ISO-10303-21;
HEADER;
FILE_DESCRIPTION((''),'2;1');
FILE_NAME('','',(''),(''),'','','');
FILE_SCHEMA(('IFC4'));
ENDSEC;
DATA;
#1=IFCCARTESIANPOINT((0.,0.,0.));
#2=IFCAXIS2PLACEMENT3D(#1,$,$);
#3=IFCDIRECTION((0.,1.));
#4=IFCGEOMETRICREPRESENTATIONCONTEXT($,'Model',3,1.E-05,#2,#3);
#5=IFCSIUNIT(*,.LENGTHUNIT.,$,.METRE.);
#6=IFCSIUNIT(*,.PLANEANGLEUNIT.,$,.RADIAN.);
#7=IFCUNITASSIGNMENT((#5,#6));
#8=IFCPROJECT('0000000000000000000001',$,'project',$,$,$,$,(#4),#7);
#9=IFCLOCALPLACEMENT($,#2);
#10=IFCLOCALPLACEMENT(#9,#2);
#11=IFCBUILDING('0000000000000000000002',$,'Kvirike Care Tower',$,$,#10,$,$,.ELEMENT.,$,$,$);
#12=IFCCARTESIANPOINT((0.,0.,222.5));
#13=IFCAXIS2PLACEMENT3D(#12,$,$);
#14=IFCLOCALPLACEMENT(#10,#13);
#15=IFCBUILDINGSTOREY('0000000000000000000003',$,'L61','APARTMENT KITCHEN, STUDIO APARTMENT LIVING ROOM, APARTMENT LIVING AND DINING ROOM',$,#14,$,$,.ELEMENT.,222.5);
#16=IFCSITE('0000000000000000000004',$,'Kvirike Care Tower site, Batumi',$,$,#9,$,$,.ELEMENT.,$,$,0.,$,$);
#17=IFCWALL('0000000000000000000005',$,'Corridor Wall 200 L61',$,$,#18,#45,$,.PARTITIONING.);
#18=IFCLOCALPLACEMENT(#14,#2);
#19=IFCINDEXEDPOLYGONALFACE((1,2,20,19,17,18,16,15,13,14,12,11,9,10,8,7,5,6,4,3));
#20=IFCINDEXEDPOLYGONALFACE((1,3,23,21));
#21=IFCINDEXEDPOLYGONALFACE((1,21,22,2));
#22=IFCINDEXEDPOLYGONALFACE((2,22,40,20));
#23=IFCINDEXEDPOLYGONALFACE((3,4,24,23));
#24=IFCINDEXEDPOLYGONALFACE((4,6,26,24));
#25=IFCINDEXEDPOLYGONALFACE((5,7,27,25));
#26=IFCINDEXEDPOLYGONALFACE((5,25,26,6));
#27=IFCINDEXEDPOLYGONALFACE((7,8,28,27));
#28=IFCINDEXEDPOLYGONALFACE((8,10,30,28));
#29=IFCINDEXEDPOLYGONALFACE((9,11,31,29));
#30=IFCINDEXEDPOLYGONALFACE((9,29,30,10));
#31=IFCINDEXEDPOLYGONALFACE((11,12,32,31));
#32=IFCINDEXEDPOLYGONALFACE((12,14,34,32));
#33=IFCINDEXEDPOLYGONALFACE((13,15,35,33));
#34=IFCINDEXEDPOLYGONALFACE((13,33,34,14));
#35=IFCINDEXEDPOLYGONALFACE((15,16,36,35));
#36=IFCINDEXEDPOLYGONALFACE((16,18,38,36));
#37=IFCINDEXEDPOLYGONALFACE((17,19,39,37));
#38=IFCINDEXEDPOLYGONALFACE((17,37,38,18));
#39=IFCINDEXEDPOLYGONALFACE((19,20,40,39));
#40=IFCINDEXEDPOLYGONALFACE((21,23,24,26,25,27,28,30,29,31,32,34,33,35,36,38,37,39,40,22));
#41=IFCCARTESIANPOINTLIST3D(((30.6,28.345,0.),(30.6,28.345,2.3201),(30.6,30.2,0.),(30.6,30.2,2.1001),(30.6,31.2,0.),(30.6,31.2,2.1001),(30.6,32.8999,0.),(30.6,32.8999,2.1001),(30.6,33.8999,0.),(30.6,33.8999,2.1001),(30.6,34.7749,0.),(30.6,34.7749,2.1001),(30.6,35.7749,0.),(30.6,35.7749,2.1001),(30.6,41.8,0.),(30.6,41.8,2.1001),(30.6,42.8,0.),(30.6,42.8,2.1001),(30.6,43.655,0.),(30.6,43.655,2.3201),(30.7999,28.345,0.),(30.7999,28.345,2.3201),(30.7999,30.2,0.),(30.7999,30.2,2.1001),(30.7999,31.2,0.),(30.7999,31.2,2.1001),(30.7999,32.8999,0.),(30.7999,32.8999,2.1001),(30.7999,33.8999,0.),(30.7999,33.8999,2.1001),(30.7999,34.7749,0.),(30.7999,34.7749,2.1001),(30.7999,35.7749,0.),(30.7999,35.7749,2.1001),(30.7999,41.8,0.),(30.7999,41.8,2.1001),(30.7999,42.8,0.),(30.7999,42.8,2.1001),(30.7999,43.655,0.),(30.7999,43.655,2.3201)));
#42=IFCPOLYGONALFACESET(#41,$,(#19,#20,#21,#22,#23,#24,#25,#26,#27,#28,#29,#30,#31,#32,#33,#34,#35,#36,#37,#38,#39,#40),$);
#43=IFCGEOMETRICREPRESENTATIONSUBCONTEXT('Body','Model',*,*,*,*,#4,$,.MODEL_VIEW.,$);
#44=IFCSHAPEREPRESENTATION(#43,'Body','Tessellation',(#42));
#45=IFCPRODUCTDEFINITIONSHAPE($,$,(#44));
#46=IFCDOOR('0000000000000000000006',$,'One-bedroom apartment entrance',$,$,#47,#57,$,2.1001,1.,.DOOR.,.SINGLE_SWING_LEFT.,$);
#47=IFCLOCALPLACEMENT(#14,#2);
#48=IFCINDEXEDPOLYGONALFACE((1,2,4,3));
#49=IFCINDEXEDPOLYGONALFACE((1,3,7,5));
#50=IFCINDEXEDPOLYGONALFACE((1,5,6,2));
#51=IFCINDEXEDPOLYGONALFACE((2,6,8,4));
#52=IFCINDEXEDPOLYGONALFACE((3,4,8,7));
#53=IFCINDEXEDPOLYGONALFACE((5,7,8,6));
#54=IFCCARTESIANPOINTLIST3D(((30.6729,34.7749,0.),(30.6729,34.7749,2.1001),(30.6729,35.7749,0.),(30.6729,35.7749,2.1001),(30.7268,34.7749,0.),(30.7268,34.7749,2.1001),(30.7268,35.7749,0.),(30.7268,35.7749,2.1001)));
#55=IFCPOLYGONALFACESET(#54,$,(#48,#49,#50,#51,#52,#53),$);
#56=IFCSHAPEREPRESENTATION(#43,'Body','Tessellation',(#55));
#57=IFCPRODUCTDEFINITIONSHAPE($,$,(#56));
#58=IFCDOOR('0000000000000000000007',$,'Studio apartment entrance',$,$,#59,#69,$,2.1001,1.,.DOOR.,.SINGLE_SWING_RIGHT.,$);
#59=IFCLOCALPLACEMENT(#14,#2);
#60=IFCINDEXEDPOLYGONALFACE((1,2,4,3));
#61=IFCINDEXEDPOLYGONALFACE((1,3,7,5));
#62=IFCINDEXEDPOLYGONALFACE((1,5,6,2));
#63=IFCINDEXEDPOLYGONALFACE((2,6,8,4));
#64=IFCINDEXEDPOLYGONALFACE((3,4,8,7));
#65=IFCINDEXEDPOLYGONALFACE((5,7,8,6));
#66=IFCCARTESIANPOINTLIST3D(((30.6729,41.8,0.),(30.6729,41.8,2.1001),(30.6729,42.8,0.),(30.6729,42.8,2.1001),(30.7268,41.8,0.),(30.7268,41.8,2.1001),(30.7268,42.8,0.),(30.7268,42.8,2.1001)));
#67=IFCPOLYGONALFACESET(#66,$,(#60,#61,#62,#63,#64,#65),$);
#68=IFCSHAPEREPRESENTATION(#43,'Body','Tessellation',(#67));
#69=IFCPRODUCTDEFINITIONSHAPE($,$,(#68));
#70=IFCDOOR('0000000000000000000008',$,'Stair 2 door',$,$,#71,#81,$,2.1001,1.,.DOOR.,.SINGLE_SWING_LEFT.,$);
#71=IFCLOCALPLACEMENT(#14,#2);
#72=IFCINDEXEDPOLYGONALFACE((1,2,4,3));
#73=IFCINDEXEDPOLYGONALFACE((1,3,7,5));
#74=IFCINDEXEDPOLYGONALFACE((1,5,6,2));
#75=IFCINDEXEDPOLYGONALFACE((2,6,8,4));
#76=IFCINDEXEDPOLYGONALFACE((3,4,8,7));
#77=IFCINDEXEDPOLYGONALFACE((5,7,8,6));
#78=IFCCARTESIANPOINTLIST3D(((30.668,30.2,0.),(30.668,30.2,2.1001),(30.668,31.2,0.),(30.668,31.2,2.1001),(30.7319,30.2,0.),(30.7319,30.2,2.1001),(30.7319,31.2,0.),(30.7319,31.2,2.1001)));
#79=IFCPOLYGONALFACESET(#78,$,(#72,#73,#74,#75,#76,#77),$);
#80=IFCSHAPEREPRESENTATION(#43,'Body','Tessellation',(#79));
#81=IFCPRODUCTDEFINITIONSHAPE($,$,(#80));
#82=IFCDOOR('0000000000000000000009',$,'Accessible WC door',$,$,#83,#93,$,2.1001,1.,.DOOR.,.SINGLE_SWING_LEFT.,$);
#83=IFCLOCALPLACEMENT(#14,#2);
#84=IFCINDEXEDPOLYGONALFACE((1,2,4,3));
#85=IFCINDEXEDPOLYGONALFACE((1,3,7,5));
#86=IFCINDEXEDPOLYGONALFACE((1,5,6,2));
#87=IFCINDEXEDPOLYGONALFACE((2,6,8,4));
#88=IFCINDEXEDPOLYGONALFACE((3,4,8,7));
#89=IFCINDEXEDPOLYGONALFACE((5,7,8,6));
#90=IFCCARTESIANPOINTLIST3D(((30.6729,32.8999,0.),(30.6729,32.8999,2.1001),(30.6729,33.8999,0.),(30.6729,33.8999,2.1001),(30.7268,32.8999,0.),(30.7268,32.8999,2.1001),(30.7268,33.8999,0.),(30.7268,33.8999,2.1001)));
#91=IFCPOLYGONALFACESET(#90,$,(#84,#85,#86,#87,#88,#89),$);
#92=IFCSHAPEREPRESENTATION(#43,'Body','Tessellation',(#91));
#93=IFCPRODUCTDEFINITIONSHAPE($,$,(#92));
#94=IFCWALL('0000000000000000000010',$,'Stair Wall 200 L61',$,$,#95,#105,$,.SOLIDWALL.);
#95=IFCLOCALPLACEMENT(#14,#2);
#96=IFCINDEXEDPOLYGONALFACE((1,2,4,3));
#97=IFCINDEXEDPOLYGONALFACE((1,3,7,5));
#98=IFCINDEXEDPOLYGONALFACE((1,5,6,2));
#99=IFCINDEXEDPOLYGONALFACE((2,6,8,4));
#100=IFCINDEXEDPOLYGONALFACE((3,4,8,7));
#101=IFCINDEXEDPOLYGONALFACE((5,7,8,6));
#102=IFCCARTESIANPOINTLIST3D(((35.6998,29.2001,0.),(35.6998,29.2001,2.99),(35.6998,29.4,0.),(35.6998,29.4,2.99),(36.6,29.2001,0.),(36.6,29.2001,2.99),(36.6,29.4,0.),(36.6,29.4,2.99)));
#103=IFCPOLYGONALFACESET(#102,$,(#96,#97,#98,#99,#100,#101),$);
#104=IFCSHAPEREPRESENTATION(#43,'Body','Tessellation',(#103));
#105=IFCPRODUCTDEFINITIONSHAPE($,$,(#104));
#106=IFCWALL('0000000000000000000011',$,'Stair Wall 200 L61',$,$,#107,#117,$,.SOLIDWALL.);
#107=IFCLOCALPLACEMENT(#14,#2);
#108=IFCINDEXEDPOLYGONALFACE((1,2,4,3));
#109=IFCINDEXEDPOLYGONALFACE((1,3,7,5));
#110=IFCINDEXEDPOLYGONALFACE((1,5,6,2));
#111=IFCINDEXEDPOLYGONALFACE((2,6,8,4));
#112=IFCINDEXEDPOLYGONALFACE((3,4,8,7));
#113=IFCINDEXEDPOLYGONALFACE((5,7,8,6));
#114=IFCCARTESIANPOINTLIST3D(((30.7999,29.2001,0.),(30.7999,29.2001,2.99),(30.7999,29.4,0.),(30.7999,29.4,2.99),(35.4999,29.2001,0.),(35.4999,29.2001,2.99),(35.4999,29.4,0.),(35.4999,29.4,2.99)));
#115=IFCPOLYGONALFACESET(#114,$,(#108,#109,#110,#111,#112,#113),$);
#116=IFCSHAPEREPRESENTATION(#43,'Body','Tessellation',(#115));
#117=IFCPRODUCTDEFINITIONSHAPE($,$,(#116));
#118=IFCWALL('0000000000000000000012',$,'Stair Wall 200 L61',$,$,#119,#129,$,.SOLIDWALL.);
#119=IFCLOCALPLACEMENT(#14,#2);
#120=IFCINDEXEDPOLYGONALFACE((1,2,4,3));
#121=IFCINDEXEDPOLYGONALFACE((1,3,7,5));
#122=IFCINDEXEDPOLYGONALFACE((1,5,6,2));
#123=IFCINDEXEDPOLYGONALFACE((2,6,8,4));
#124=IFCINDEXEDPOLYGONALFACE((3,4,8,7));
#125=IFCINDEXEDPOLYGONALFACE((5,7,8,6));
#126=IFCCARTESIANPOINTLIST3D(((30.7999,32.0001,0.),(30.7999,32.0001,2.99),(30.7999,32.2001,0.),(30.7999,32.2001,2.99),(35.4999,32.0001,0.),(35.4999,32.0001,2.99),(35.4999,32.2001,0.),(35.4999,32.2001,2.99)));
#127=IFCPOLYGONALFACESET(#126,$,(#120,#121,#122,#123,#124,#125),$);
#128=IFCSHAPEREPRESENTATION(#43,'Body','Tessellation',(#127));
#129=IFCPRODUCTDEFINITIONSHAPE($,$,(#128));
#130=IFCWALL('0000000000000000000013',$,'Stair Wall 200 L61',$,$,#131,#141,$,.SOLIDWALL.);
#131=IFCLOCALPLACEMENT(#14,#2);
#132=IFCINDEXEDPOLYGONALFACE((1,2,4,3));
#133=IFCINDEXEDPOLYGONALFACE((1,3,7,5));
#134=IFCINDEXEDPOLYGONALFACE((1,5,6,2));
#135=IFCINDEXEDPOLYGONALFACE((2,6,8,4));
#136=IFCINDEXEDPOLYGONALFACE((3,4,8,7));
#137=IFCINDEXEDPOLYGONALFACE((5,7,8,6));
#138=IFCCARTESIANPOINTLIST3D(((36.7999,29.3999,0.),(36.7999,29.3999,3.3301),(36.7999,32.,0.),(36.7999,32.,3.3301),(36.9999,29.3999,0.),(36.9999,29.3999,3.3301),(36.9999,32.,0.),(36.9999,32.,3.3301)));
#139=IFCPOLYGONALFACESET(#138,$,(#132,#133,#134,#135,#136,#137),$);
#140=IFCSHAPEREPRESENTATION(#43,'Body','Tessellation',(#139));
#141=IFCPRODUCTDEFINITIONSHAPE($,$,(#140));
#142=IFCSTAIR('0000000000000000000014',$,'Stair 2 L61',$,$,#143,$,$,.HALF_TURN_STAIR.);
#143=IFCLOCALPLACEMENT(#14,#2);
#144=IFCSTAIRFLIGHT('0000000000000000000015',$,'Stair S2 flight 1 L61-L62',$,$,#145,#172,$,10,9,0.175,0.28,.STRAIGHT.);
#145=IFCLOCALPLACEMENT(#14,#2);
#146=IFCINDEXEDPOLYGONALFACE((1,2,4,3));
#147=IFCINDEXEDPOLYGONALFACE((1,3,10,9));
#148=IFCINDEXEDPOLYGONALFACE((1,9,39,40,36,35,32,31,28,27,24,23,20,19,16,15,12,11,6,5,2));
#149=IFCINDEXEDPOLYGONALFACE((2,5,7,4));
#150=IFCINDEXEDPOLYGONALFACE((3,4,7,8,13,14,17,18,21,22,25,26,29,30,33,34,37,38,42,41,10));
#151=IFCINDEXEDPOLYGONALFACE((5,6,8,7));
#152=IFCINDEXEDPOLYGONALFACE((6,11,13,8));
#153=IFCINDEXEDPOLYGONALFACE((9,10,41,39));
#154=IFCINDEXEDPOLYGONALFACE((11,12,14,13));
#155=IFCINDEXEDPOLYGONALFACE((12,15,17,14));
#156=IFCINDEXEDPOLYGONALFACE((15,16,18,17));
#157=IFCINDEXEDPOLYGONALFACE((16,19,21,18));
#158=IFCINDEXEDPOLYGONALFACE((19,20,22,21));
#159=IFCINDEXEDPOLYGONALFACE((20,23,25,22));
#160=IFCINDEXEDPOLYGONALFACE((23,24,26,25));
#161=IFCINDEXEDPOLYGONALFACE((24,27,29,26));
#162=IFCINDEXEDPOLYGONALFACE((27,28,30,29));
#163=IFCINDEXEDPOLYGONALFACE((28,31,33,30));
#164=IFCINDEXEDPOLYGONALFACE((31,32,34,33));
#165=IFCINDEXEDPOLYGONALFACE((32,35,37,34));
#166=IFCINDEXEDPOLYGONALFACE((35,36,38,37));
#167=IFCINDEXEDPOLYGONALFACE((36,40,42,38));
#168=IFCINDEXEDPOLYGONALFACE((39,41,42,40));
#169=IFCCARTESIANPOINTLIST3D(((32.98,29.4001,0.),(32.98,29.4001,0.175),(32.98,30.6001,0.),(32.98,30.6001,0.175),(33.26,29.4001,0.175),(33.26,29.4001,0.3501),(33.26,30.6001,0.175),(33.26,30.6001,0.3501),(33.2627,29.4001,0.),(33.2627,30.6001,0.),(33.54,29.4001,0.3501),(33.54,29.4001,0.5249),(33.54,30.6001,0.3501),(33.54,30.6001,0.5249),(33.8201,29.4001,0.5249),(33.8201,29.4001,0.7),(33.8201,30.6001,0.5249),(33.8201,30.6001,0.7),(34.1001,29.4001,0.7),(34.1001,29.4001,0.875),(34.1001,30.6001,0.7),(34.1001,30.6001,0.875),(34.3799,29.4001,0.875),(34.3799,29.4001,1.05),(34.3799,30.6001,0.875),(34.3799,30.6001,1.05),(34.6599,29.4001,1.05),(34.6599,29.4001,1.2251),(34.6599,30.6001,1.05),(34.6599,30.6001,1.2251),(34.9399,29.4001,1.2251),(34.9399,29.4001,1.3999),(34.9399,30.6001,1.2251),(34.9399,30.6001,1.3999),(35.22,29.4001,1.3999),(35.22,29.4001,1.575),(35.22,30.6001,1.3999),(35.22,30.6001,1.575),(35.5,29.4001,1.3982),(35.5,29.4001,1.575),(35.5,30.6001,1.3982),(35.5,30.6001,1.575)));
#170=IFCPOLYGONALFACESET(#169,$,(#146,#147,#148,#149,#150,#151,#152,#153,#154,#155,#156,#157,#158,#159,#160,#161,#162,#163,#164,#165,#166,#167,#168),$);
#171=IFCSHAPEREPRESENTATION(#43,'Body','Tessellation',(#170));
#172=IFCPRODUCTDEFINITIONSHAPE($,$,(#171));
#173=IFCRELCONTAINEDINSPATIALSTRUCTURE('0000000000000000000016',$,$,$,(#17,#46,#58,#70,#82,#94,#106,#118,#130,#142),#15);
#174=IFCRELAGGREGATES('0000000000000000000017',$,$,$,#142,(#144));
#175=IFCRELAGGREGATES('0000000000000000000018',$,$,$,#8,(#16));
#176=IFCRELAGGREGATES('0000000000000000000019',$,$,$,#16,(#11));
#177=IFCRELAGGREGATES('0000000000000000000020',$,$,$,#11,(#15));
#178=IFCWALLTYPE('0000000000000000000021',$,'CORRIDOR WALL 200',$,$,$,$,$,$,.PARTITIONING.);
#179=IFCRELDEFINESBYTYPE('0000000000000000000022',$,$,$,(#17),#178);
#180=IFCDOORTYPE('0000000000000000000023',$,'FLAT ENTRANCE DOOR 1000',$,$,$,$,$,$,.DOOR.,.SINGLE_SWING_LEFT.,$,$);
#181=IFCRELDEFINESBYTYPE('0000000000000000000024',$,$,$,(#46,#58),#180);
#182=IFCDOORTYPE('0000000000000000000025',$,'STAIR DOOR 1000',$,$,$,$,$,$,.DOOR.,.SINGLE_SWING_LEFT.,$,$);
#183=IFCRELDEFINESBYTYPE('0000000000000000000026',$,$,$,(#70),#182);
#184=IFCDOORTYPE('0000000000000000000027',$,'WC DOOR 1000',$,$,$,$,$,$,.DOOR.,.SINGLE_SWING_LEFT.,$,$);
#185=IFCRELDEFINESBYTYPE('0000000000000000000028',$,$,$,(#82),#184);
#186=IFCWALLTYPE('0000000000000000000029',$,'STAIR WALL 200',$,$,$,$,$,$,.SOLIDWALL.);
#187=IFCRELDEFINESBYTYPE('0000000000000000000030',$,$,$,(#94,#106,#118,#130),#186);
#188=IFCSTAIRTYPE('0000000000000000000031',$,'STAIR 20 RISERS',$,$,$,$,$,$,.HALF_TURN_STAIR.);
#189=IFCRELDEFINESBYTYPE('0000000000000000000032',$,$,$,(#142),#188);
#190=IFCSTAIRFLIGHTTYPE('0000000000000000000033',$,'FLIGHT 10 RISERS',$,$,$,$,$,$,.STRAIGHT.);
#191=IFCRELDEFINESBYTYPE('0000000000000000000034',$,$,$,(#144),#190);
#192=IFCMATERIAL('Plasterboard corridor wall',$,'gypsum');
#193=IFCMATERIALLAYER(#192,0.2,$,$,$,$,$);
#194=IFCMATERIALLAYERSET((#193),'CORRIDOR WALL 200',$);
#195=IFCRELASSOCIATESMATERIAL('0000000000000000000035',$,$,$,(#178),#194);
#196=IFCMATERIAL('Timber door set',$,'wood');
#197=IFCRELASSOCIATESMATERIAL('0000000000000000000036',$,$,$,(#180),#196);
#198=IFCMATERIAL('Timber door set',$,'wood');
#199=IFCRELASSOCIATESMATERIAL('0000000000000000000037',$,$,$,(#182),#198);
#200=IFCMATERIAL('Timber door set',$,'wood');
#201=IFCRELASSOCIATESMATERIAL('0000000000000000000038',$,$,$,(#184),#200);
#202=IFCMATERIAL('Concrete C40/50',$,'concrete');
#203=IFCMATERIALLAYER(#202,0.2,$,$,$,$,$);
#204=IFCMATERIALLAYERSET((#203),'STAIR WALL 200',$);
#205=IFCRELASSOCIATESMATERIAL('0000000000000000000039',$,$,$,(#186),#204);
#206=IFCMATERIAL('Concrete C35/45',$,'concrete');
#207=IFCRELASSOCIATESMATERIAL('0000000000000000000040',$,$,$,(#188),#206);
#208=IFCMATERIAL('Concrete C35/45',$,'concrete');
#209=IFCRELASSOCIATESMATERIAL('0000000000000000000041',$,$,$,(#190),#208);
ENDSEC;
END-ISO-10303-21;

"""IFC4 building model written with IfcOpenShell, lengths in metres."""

from ifc_helpers import new_model, si_unit, direction, frame, frame_2d, origin, place, context, subcontext, project, spatial, polyline, rectangle, outline, extrude, material, layer, layer_set, type_object, element, fill, aggregate, save


model = new_model("IFC4")

# Units and contexts
model_context = context("Model", 3, precision=1e-05, world=origin(), true_north=direction((0.0, 1.0)))
body_context = subcontext(model_context, "Body", "Model", "MODEL_VIEW")
ifc_project = project(units=[si_unit("LENGTHUNIT", "METRE"), si_unit("PLANEANGLEUNIT", "RADIAN")], contexts=[model_context])

# Site, building, storey
site_placement = place(None, origin())
site = spatial("IfcSite", under=ifc_project, at=site_placement, Name="Kvirike Care Tower site, Batumi", CompositionType="ELEMENT", RefElevation=0.0)
building_placement = place(site_placement, origin())
building = spatial("IfcBuilding", under=site, at=building_placement, Name="Kvirike Care Tower", CompositionType="ELEMENT")
storey_placement = place(building_placement, frame((0.0, 0.0, 222.5)))
storey = spatial("IfcBuildingStorey", under=building, at=storey_placement, Name="L61", Description="APARTMENT KITCHEN, STUDIO APARTMENT LIVING ROOM, APARTMENT LIVING AND DINING ROOM", CompositionType="ELEMENT", Elevation=222.5)

# Wall, openings, doors
ifc_material_1 = material(Name="Plasterboard corridor wall", Category="gypsum")
ifc_layer_1 = layer(ifc_material_1, 0.2)
ifc_layer_set_1 = layer_set([ifc_layer_1], Name="CORRIDOR WALL 200")
wall_type_1 = type_object("IfcWallType", Name="CORRIDOR WALL 200", PredefinedType="PARTITIONING", material=ifc_layer_set_1)
wall_1_placement = place(storey_placement, frame((30.7, 28.345, 0.0), z_axis=(0.0, 0.0, 1.0), x_axis=(0.0, 1.0, 0.0)))
wall_1 = element("IfcWall", 1, at=wall_1_placement, inside=storey, type_object=wall_type_1, Name="Corridor Wall 200 L61", PredefinedType="PARTITIONING", context=body_context, shape_type="SweptSolid", body=[
    extrude(rectangle(XDim=15.3101, YDim=0.2, at=frame_2d((7.655, 0.0))), origin(), (0.0, 0.0, 1.0), 2.3201),
])
opening_1_placement = place(wall_1_placement, frame((1.855, 0.0, 0.0)))
opening_1 = element("IfcOpeningElement", 2, at=opening_1_placement, cuts=wall_1, PredefinedType="OPENING", context=body_context, shape_type="SweptSolid", body=[
    extrude(rectangle(XDim=1.0, YDim=2.1001, at=frame_2d((0.5, 1.05))), frame((0.0, 0.1106, 0.0), z_axis=(0.0, -1.0, 0.0), x_axis=(1.0, 0.0, 0.0)), (0.0, 0.0, 1.0), 0.2209),
])
opening_2_placement = place(wall_1_placement, frame((4.5549, 0.0, 0.0)))
opening_2 = element("IfcOpeningElement", 3, at=opening_2_placement, cuts=wall_1, PredefinedType="OPENING", context=body_context, shape_type="SweptSolid", body=[
    extrude(rectangle(XDim=1.0, YDim=2.1001, at=frame_2d((0.5, 1.05))), frame((0.0, 0.1106, 0.0), z_axis=(0.0, -1.0, 0.0), x_axis=(1.0, 0.0, 0.0)), (0.0, 0.0, 1.0), 0.2209),
])
opening_3_placement = place(wall_1_placement, frame((6.4299, 0.0, 0.0)))
opening_3 = element("IfcOpeningElement", 4, at=opening_3_placement, cuts=wall_1, PredefinedType="OPENING", context=body_context, shape_type="SweptSolid", body=[
    extrude(rectangle(XDim=1.0, YDim=2.1001, at=frame_2d((0.5, 1.05))), frame((0.0, 0.1106, 0.0), z_axis=(0.0, -1.0, 0.0), x_axis=(1.0, 0.0, 0.0)), (0.0, 0.0, 1.0), 0.2209),
])
opening_4_placement = place(wall_1_placement, frame((13.4551, 0.0, 0.0)))
opening_4 = element("IfcOpeningElement", 5, at=opening_4_placement, cuts=wall_1, PredefinedType="OPENING", context=body_context, shape_type="SweptSolid", body=[
    extrude(rectangle(XDim=1.0, YDim=2.1001, at=frame_2d((0.5, 1.05))), frame((0.0, 0.1106, 0.0), z_axis=(0.0, -1.0, 0.0), x_axis=(1.0, 0.0, 0.0)), (0.0, 0.0, 1.0), 0.2209),
])
ifc_material_2 = material(Name="Timber door set", Category="wood")
door_type_1 = type_object("IfcDoorType", Name="FLAT ENTRANCE DOOR 1000", OperationType="SINGLE_SWING_LEFT", PredefinedType="DOOR", material=ifc_material_2)
door_1_placement = place(opening_3_placement, frame((1.0, 0.0, 0.0), z_axis=(0.0, 0.0, 1.0), x_axis=(-1.0, 0.0, 0.0)))
door_1 = element("IfcDoor", 6, at=door_1_placement, inside=storey, type_object=door_type_1, Name="One-bedroom apartment entrance", OperationType="SINGLE_SWING_LEFT", OverallHeight=2.1001, OverallWidth=1.0, PredefinedType="DOOR", context=body_context, shape_type="SweptSolid", body=[
    extrude(rectangle(XDim=1.0, YDim=2.1001, at=frame_2d((0.5, 1.05))), frame((0.0, 0.0269, 0.0), z_axis=(0.0, -1.0, 0.0), x_axis=(1.0, 0.0, 0.0)), (0.0, 0.0, 1.0), 0.054),
])
fill(opening_3, door_1)
door_2_placement = place(opening_4_placement, frame((1.0, 0.0, 0.0), z_axis=(0.0, 0.0, 1.0), x_axis=(-1.0, 0.0, 0.0)))
door_2 = element("IfcDoor", 7, at=door_2_placement, inside=storey, type_object=door_type_1, Name="Studio apartment entrance", OperationType="SINGLE_SWING_RIGHT", OverallHeight=2.1001, OverallWidth=1.0, PredefinedType="DOOR", context=body_context, shape_type="SweptSolid", body=[
    extrude(rectangle(XDim=1.0, YDim=2.1001, at=frame_2d((0.5, 1.05))), frame((0.0, 0.0269, 0.0), z_axis=(0.0, -1.0, 0.0), x_axis=(1.0, 0.0, 0.0)), (0.0, 0.0, 1.0), 0.054),
])
fill(opening_4, door_2)
ifc_material_3 = material(Name="Timber door set", Category="wood")
door_type_2 = type_object("IfcDoorType", Name="STAIR DOOR 1000", OperationType="SINGLE_SWING_LEFT", PredefinedType="DOOR", material=ifc_material_3)
door_3_placement = place(opening_1_placement, frame((1.0, 0.0, 0.0), z_axis=(0.0, 0.0, 1.0), x_axis=(-1.0, 0.0, 0.0)))
door_3 = element("IfcDoor", 8, at=door_3_placement, inside=storey, type_object=door_type_2, Name="Stair 2 door", OperationType="SINGLE_SWING_LEFT", OverallHeight=2.1001, OverallWidth=1.0, PredefinedType="DOOR", context=body_context, shape_type="SweptSolid", body=[
    extrude(rectangle(XDim=1.0, YDim=2.1001, at=frame_2d((0.5, 1.05))), frame((0.0, 0.032, 0.0), z_axis=(0.0, -1.0, 0.0), x_axis=(1.0, 0.0, 0.0)), (0.0, 0.0, 1.0), 0.064),
])
fill(opening_1, door_3)
ifc_material_4 = material(Name="Timber door set", Category="wood")
door_type_3 = type_object("IfcDoorType", Name="WC DOOR 1000", OperationType="SINGLE_SWING_LEFT", PredefinedType="DOOR", material=ifc_material_4)
door_4_placement = place(opening_2_placement, frame((1.0, 0.0, 0.0), z_axis=(0.0, 0.0, 1.0), x_axis=(-1.0, 0.0, 0.0)))
door_4 = element("IfcDoor", 9, at=door_4_placement, inside=storey, type_object=door_type_3, Name="Accessible WC door", OperationType="SINGLE_SWING_LEFT", OverallHeight=2.1001, OverallWidth=1.0, PredefinedType="DOOR", context=body_context, shape_type="SweptSolid", body=[
    extrude(rectangle(XDim=1.0, YDim=2.1001, at=frame_2d((0.5, 1.05))), frame((0.0, 0.0269, 0.0), z_axis=(0.0, -1.0, 0.0), x_axis=(1.0, 0.0, 0.0)), (0.0, 0.0, 1.0), 0.054),
])
fill(opening_2, door_4)

# Walls
ifc_material_5 = material(Name="Concrete C40/50", Category="concrete")
ifc_layer_2 = layer(ifc_material_5, 0.2)
ifc_layer_set_2 = layer_set([ifc_layer_2], Name="STAIR WALL 200")
wall_type_2 = type_object("IfcWallType", Name="STAIR WALL 200", PredefinedType="SOLIDWALL", material=ifc_layer_set_2)
wall_2_placement = place(storey_placement, frame((36.6001, 29.3, 0.0), z_axis=(0.0, 0.0, 1.0), x_axis=(-1.0, 0.0, 0.0)))
element("IfcWall", 10, at=wall_2_placement, inside=storey, type_object=wall_type_2, Name="Stair Wall 200 L61", PredefinedType="SOLIDWALL", context=body_context, shape_type="SweptSolid", body=[
    extrude(rectangle(XDim=0.9001, YDim=0.2, at=frame_2d((0.4502, 0.0))), origin(), (0.0, 0.0, 1.0), 2.99),
])
for number, where, z_axis, x_axis, name in (
    (11, (35.5, 29.3, 0.0), (0.0, 0.0, 1.0), (-1.0, 0.0, 0.0), "Stair Wall 200 L61"),
    (12, (35.5, 32.1001, 0.0), (0.0, 0.0, 1.0), (-1.0, 0.0, 0.0), "Stair Wall 200 L61"),
):
    element("IfcWall", number, at=place(storey_placement, frame(where, z_axis=z_axis, x_axis=x_axis)), inside=storey, type_object=wall_type_2, Name=name, PredefinedType="SOLIDWALL", context=body_context, shape_type="SweptSolid", body=[
        extrude(rectangle(XDim=4.7, YDim=0.2, at=frame_2d((2.3501, 0.0))), origin(), (0.0, 0.0, 1.0), 2.99),
    ])
wall_3_placement = place(storey_placement, frame((36.8999, 29.3999, 0.0), z_axis=(0.0, 0.0, 1.0), x_axis=(0.0, 1.0, 0.0)))
element("IfcWall", 13, at=wall_3_placement, inside=storey, type_object=wall_type_2, Name="Stair Wall 200 L61", PredefinedType="SOLIDWALL", context=body_context, shape_type="SweptSolid", body=[
    extrude(rectangle(XDim=2.6001, YDim=0.2, at=frame_2d((1.3, 0.0))), origin(), (0.0, 0.0, 1.0), 3.3301),
])

# Stair, stair flight
ifc_material_6 = material(Name="Concrete C35/45", Category="concrete")
stair_type = type_object("IfcStairType", Name="STAIR 20 RISERS", PredefinedType="HALF_TURN_STAIR", material=ifc_material_6)
stair_placement = place(storey_placement, origin())
stair = element("IfcStair", 14, at=stair_placement, inside=storey, type_object=stair_type, Name="Stair 2 L61", PredefinedType="HALF_TURN_STAIR")
ifc_material_7 = material(Name="Concrete C35/45", Category="concrete")
stair_flight_type = type_object("IfcStairFlightType", Name="FLIGHT 10 RISERS", PredefinedType="STRAIGHT", material=ifc_material_7)
stair_flight_1_placement = place(storey_placement, frame((32.98, 30.0, 0.0), z_axis=(0.0, 0.0, 1.0), x_axis=(1.0, 0.0, 0.0)))
stair_flight_1 = element("IfcStairFlight", 15, at=stair_flight_1_placement, type_object=stair_flight_type, Name="Stair S2 flight 1 L61-L62", NumberOfRisers=10, NumberOfTreads=9, PredefinedType="STRAIGHT", RiserHeight=0.175, TreadLength=0.28, context=body_context, shape_type="SweptSolid", body=[
    extrude(outline(polyline([(0.0, 0.0), (0.0, 0.175), (0.28, 0.175), (0.28, 0.3501), (0.5601, 0.3501), (0.5601, 0.5249), (0.8401, 0.5249), (0.8401, 0.7), (1.1201, 0.7), (1.1201, 0.875), (1.3999, 0.875), (1.3999, 1.05), (1.6799, 1.05), (1.6799, 1.2251), (1.96, 1.2251), (1.96, 1.3999), (2.24, 1.3999), (2.24, 1.575), (2.52, 1.575), (2.52, 1.75), (2.52, 1.3982), (0.2827, 0.0), (0.0, 0.0)])), frame((0.0, 0.6001, 0.0), z_axis=(0.0, -1.0, 0.0), x_axis=(1.0, 0.0, 0.0)), (0.0, 0.0, 1.0), 1.2),
])
aggregate(stair, [stair_flight_1])

save(model, "model.ifc")
